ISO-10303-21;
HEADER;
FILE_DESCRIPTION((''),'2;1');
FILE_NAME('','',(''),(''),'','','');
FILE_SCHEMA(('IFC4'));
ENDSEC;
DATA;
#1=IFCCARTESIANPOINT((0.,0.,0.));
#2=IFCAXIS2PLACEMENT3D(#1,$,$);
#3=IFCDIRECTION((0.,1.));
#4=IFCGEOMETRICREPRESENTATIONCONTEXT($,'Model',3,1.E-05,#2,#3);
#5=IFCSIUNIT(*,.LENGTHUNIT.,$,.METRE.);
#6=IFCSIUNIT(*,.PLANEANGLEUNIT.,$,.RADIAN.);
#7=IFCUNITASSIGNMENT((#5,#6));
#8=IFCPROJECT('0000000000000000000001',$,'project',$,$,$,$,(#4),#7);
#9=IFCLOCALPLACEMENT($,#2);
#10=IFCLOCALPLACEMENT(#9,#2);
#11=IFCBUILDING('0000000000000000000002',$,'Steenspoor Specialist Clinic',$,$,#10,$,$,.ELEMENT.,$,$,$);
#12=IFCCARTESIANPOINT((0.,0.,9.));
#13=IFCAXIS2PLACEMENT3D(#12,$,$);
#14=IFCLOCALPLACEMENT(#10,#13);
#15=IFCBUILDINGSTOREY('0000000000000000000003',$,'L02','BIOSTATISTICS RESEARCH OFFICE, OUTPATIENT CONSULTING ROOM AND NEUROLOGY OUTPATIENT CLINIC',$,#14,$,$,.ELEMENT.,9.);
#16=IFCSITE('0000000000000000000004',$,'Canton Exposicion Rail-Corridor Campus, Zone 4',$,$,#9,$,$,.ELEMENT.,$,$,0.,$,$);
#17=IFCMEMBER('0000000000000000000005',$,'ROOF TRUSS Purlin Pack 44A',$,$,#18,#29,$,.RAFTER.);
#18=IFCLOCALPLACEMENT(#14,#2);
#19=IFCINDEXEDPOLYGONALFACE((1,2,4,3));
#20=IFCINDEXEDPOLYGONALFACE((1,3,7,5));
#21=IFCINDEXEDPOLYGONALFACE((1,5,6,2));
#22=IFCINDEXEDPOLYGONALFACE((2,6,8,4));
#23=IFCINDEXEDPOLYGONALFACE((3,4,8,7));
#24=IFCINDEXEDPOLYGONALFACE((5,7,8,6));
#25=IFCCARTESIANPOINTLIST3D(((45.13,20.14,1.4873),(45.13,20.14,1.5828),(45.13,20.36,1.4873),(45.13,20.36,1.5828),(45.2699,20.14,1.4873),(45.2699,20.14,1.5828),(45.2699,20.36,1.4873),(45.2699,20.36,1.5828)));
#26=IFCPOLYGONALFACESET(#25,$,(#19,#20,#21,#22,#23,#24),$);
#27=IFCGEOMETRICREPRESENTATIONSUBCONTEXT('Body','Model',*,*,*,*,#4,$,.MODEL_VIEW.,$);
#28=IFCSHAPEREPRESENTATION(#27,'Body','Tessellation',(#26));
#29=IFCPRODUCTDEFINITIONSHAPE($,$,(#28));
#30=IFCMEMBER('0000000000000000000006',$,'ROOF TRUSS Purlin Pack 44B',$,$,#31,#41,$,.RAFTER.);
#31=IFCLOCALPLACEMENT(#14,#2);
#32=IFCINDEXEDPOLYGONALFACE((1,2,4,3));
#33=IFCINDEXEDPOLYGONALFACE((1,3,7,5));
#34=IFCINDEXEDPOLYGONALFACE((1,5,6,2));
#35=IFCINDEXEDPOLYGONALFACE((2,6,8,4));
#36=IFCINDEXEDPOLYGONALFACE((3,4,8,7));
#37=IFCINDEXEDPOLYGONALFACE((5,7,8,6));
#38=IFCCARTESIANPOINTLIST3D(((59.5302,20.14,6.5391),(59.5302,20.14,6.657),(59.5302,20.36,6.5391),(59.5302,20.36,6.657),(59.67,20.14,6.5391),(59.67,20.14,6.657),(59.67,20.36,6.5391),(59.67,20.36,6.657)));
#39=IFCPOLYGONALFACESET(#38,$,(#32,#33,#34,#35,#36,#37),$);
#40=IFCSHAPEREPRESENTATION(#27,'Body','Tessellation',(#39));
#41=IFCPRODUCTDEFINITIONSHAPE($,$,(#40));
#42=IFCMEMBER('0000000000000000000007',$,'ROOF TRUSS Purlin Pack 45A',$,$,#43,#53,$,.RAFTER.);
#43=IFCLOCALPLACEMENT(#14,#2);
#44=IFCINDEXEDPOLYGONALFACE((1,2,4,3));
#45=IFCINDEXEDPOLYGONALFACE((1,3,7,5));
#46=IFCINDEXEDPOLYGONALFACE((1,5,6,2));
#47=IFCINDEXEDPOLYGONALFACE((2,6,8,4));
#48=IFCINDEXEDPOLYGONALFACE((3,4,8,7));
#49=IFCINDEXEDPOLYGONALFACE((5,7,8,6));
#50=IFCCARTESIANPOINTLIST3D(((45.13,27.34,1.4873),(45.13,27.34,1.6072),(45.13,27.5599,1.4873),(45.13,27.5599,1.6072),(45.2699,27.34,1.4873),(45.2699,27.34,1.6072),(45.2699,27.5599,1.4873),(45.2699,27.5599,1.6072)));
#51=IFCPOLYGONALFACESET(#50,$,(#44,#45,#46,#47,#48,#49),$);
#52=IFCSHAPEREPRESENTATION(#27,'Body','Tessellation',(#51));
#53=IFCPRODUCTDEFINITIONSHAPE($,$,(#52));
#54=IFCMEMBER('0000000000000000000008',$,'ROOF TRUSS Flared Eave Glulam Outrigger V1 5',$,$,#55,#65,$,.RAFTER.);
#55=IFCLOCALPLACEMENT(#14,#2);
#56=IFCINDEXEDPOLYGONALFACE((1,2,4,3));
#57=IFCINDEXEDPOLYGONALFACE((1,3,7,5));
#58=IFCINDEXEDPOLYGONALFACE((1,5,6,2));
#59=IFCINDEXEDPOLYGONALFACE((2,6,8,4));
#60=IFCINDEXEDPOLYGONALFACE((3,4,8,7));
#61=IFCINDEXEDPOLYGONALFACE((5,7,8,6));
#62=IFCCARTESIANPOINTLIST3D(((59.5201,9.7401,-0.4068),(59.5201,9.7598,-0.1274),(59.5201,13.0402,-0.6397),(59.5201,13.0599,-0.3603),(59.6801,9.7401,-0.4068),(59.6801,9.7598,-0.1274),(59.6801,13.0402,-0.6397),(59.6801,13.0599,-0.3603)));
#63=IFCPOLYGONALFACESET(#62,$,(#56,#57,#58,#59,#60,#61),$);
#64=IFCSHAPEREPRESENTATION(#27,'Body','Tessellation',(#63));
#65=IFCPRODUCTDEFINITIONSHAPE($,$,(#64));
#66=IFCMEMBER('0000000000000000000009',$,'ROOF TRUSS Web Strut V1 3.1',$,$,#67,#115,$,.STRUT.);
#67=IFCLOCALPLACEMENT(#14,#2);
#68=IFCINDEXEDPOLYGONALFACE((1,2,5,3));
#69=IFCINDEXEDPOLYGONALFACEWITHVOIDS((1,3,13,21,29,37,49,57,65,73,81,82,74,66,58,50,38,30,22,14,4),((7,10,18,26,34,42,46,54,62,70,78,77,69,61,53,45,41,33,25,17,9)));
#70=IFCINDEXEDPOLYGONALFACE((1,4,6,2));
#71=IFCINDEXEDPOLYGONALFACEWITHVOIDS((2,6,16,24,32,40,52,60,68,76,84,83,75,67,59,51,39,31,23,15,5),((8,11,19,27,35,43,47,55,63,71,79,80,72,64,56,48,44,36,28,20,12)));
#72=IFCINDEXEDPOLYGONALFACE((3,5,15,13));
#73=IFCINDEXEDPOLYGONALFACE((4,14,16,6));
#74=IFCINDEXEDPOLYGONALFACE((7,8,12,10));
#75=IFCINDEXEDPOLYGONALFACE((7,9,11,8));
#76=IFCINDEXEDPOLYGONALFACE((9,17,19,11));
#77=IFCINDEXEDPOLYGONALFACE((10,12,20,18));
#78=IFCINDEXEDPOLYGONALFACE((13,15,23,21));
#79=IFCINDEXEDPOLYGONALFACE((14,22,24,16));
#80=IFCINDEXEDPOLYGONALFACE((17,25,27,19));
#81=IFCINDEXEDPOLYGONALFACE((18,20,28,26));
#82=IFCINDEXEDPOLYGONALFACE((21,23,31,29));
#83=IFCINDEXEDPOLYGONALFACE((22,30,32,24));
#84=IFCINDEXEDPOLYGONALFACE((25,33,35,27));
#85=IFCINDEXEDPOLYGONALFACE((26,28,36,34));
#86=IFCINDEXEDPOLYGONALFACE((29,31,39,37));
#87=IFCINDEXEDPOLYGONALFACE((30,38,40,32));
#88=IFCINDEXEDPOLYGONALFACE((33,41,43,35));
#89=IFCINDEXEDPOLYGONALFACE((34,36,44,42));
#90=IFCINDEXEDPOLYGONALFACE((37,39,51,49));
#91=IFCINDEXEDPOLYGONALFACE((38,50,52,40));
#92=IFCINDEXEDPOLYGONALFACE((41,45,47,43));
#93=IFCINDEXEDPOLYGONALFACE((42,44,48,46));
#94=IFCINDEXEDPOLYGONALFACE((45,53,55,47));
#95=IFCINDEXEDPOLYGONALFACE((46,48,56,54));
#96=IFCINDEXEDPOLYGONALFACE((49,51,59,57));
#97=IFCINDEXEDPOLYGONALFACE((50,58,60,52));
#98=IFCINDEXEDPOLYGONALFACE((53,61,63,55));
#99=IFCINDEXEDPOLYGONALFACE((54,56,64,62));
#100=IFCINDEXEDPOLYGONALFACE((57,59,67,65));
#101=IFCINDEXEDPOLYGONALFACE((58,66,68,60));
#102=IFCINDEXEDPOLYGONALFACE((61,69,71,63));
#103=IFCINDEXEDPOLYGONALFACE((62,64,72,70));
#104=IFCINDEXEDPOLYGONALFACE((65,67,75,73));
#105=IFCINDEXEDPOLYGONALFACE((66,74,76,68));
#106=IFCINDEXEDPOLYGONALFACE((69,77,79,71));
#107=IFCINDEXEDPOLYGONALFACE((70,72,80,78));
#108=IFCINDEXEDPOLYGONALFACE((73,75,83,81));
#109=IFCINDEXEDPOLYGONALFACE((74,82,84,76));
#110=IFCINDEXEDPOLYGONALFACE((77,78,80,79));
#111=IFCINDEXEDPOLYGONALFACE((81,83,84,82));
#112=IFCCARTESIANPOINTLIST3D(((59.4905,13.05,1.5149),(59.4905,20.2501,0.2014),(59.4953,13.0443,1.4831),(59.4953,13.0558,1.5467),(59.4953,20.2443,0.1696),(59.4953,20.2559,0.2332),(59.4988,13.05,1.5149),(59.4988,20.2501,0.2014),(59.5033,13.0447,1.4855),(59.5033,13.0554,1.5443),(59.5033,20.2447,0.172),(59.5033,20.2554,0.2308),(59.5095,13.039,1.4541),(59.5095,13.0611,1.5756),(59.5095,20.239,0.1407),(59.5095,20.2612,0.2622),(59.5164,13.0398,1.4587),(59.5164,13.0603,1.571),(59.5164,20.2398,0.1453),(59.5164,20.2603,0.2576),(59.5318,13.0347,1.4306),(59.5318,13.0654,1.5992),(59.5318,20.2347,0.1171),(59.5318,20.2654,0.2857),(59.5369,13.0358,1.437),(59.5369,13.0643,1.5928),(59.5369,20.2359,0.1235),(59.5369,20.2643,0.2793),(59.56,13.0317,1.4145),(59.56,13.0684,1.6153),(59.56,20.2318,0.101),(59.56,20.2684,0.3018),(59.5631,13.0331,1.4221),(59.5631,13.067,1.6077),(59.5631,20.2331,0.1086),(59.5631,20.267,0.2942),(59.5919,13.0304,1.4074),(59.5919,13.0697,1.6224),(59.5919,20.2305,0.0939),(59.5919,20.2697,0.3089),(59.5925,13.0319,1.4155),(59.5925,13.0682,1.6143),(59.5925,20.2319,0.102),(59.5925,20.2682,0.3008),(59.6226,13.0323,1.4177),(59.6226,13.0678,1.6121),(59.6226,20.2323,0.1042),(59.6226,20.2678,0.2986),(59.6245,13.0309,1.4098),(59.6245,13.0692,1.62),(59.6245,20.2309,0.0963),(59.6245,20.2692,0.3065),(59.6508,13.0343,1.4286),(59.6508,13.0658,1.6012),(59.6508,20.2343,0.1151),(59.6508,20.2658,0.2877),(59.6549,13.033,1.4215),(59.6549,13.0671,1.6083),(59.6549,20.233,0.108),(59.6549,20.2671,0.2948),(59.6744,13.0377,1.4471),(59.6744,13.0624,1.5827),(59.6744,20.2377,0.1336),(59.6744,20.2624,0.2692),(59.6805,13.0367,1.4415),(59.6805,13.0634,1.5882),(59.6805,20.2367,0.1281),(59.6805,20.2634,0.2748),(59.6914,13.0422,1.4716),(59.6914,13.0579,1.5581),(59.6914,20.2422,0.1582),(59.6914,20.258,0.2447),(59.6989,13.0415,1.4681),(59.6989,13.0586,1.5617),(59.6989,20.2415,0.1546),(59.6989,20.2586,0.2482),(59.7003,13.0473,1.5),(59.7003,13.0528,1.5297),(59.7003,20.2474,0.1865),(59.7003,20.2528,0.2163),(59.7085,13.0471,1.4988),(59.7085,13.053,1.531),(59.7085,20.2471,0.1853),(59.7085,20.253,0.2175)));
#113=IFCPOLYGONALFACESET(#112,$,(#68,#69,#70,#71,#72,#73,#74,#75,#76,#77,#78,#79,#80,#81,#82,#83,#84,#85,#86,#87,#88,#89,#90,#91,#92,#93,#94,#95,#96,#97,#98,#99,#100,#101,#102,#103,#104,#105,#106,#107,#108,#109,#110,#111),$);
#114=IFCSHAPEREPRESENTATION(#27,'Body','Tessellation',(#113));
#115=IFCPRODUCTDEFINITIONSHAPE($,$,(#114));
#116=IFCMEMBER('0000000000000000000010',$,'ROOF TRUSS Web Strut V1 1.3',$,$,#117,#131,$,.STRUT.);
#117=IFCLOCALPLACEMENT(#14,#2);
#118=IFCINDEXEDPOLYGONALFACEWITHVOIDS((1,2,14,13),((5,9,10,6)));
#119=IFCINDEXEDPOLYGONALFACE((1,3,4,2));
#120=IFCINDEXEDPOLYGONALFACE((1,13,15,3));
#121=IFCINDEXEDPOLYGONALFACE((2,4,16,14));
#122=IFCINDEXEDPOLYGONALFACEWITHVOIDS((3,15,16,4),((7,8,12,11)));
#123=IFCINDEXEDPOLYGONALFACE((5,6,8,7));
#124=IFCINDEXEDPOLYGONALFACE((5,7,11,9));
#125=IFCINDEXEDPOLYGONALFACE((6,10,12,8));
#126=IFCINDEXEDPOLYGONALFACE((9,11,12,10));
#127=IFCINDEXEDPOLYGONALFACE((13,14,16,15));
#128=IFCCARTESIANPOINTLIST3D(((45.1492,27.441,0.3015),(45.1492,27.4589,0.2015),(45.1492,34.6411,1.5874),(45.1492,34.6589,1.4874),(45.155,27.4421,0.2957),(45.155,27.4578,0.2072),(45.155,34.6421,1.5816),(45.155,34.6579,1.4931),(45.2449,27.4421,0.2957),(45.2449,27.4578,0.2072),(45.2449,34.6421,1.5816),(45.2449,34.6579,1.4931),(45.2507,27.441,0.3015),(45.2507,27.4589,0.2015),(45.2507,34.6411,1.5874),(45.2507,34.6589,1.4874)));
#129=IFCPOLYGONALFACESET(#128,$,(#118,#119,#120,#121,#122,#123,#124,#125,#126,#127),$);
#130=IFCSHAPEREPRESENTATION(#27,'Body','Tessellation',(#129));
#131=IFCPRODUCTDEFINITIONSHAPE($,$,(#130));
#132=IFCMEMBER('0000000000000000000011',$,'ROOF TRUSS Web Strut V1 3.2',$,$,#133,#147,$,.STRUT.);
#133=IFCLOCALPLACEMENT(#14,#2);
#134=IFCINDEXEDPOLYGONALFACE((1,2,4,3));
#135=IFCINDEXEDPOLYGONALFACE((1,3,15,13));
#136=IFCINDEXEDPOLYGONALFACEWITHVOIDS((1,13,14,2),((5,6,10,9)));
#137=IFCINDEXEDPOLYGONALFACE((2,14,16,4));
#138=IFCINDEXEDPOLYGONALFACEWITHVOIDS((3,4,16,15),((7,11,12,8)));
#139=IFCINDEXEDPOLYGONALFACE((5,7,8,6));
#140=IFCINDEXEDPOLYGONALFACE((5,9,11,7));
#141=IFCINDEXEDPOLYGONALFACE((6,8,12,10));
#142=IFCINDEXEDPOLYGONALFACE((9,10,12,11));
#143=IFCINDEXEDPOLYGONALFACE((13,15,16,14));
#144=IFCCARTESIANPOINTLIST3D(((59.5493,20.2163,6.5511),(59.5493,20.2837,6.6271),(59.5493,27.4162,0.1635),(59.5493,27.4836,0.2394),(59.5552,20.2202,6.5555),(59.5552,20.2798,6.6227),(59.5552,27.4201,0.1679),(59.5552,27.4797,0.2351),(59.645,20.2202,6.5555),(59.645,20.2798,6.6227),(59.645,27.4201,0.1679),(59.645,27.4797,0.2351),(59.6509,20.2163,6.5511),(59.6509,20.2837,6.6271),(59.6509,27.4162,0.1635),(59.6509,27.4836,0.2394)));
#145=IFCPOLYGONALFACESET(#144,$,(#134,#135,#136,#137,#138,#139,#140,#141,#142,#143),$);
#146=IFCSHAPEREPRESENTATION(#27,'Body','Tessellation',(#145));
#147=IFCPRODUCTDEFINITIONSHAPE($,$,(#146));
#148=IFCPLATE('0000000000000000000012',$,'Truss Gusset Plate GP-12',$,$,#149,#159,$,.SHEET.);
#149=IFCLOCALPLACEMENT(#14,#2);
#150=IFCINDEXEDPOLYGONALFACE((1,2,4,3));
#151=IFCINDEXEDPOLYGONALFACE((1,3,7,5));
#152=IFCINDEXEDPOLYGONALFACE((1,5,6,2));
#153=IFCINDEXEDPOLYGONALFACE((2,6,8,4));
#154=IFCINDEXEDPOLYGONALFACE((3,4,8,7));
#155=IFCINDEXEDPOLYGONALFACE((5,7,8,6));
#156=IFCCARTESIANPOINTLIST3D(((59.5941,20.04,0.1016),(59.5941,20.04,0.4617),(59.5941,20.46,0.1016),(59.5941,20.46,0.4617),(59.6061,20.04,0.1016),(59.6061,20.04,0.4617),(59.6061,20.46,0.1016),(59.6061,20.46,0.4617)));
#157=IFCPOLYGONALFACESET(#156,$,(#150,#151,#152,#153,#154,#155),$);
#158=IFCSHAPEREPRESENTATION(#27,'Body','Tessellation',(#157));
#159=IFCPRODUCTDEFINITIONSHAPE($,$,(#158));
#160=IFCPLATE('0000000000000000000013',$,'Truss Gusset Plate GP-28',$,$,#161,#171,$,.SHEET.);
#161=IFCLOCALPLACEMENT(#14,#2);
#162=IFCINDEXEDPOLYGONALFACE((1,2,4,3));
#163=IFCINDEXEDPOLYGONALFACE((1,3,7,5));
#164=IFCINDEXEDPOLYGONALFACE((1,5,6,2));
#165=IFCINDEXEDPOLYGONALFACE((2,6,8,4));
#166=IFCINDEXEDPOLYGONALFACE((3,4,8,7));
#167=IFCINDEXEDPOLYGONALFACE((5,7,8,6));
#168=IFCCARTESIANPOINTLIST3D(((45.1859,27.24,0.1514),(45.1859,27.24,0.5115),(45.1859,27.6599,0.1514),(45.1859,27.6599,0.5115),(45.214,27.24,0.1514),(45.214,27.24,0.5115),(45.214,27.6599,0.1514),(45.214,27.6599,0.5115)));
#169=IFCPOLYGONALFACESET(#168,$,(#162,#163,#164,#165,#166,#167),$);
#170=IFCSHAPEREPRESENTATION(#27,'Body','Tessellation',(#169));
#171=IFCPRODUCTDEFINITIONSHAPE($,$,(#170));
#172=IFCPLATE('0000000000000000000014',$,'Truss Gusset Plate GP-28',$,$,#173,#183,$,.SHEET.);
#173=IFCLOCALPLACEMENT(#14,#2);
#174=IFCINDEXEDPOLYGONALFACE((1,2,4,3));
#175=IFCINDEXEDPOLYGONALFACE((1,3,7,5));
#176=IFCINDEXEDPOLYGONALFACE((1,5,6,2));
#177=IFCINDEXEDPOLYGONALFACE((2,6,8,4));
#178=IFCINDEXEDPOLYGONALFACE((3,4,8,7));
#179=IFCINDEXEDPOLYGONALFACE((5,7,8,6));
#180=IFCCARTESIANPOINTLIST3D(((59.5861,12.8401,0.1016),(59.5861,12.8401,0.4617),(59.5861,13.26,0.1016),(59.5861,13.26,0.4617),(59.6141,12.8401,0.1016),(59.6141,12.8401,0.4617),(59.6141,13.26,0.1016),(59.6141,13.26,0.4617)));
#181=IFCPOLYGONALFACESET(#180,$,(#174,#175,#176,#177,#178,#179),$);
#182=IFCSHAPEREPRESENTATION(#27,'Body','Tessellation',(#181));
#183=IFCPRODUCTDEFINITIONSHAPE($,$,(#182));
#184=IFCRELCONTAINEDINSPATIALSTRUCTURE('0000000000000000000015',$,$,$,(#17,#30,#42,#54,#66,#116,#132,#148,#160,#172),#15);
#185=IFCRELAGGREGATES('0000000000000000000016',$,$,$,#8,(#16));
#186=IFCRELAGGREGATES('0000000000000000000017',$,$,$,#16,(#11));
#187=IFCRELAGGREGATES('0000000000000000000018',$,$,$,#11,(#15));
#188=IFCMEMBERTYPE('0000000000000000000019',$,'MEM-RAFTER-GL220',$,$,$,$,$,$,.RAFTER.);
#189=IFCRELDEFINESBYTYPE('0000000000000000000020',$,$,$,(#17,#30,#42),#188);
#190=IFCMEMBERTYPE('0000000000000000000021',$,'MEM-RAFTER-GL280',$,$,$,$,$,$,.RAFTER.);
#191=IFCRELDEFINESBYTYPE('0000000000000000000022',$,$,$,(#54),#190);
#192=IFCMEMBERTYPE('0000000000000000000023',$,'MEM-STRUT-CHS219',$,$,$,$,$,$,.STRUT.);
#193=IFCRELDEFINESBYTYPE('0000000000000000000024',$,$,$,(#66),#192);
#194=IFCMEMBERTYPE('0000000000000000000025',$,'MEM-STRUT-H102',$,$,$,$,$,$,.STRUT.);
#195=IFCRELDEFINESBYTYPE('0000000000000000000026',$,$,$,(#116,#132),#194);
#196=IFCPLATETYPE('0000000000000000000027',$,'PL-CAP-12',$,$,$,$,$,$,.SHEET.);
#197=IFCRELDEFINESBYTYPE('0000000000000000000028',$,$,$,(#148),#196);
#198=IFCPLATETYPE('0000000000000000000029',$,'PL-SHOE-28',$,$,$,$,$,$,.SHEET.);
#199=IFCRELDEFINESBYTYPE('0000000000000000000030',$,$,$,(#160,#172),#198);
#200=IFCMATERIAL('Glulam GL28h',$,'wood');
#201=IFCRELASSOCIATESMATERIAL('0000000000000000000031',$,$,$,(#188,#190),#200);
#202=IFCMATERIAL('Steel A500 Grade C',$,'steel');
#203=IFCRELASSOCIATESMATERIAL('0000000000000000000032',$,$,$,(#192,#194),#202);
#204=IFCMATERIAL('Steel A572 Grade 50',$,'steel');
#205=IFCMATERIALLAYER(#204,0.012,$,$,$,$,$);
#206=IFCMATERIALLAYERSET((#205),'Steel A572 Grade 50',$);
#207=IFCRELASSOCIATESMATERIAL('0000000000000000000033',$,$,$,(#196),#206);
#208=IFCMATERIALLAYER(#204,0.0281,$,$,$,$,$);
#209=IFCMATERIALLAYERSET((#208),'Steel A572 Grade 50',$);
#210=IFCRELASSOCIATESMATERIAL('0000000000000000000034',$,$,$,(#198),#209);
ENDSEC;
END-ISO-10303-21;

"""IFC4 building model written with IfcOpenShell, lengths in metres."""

from ifc_helpers import new_model, si_unit, direction, frame, origin, origin_2d, place, context, subcontext, project, spatial, rectangle, hollow_rectangle, hollow_circle, extrude, material, layer, layer_set, material_profile, profile_set, type_object, element, save


model = new_model("IFC4")

# Units and contexts
model_context = context("Model", 3, precision=1e-05, world=origin(), true_north=direction((0.0, 1.0)))
body_context = subcontext(model_context, "Body", "Model", "MODEL_VIEW")
ifc_project = project(units=[si_unit("LENGTHUNIT", "METRE"), si_unit("PLANEANGLEUNIT", "RADIAN")], contexts=[model_context])

# Site, building, storey
site_placement = place(None, origin())
site = spatial("IfcSite", under=ifc_project, at=site_placement, Name="Canton Exposicion Rail-Corridor Campus, Zone 4", CompositionType="ELEMENT", RefElevation=0.0)
building_placement = place(site_placement, origin())
building = spatial("IfcBuilding", under=site, at=building_placement, Name="Steenspoor Specialist Clinic", CompositionType="ELEMENT")
storey_placement = place(building_placement, frame((0.0, 0.0, 9.0)))
storey = spatial("IfcBuildingStorey", under=building, at=storey_placement, Name="L02", Description="BIOSTATISTICS RESEARCH OFFICE, OUTPATIENT CONSULTING ROOM AND NEUROLOGY OUTPATIENT CLINIC", CompositionType="ELEMENT", Elevation=9.0)

# Members
ifc_material_1 = material(Name="Steel A500 Grade C", Category="steel")
ifc_material_2 = material(Name="Glulam GL28h", Category="wood")
ifc_material_profile_1 = material_profile(ifc_material_2, rectangle(XDim=0.1399, YDim=0.22, at=origin_2d()), Name="GL28H-140X220")
ifc_profile_set_1 = profile_set([ifc_material_profile_1], Name="Glulam GL28h")
member_type_1 = type_object("IfcMemberType", Name="MEM-RAFTER-GL220", PredefinedType="RAFTER", material=ifc_profile_set_1)
member_1_placement = place(storey_placement, frame((45.2, 20.25, 1.4873), z_axis=(0.0, 0.0, 1.0), x_axis=(1.0, 0.0, 0.0)))
element("IfcMember", 1, at=member_1_placement, inside=storey, type_object=member_type_1, Name="ROOF TRUSS Purlin Pack 44A", PredefinedType="RAFTER", context=body_context, shape_type="SweptSolid", body=[
    extrude(rectangle(XDim=0.1399, YDim=0.22, at=origin_2d()), origin(), (0.0, 0.0, 1.0), 0.0955),
])
member_2_placement = place(storey_placement, frame((59.6001, 20.25, 6.5391), z_axis=(0.0, 0.0, 1.0), x_axis=(1.0, 0.0, 0.0)))
element("IfcMember", 2, at=member_2_placement, inside=storey, type_object=member_type_1, Name="ROOF TRUSS Purlin Pack 44B", PredefinedType="RAFTER", context=body_context, shape_type="SweptSolid", body=[
    extrude(rectangle(XDim=0.1399, YDim=0.22, at=origin_2d()), origin(), (0.0, 0.0, 1.0), 0.1179),
])
member_3_placement = place(storey_placement, frame((45.2, 27.45, 1.4873), z_axis=(0.0, 0.0, 1.0), x_axis=(1.0, 0.0, 0.0)))
element("IfcMember", 3, at=member_3_placement, inside=storey, type_object=member_type_1, Name="ROOF TRUSS Purlin Pack 45A", PredefinedType="RAFTER", context=body_context, shape_type="SweptSolid", body=[
    extrude(rectangle(XDim=0.1399, YDim=0.22, at=origin_2d()), origin(), (0.0, 0.0, 1.0), 0.1199),
])
ifc_material_profile_2 = material_profile(ifc_material_2, rectangle(XDim=0.1599, YDim=0.28, at=origin_2d()), Name="GL28H-160X280")
ifc_profile_set_2 = profile_set([ifc_material_profile_2], Name="Glulam GL28h")
member_type_2 = type_object("IfcMemberType", Name="MEM-RAFTER-GL280", PredefinedType="RAFTER", material=ifc_profile_set_2)
member_4_placement = place(storey_placement, frame((59.6001, 13.05, -0.5), z_axis=(0.0, -0.997519, 0.070403), x_axis=(1.0, 0.0, 0.0)))
element("IfcMember", 4, at=member_4_placement, inside=storey, type_object=member_type_2, Name="ROOF TRUSS Flared Eave Glulam Outrigger V1 5", PredefinedType="RAFTER", context=body_context, shape_type="SweptSolid", body=[
    extrude(rectangle(XDim=0.1599, YDim=0.28, at=origin_2d()), origin(), (0.0, 0.0, 1.0), 3.3083),
])
ifc_material_profile_3 = material_profile(ifc_material_1, hollow_circle(Radius=0.1096, WallThickness=0.0083, at=origin_2d()), Name="CHS219X8.2")
ifc_profile_set_3 = profile_set([ifc_material_profile_3], Name="Steel A500 Grade C")
member_type_3 = type_object("IfcMemberType", Name="MEM-STRUT-CHS219", PredefinedType="STRUT", material=ifc_profile_set_3)
member_5_placement = place(storey_placement, frame((59.6001, 13.05, 1.5149), z_axis=(0.0, 0.983764, -0.179467), x_axis=(-1.0, 0.0, 0.0)))
element("IfcMember", 5, at=member_5_placement, inside=storey, type_object=member_type_3, Name="ROOF TRUSS Web Strut V1 3.1", PredefinedType="STRUT", context=body_context, shape_type="SweptSolid", body=[
    extrude(hollow_circle(Radius=0.1096, WallThickness=0.0083, at=origin_2d()), origin(), (0.0, 0.0, 1.0), 7.3188),
])
ifc_material_profile_4 = material_profile(ifc_material_1, hollow_rectangle(XDim=0.1016, YDim=0.1016, WallThickness=0.0059, at=origin_2d()), Name="HSS102X102X6.4")
ifc_profile_set_4 = profile_set([ifc_material_profile_4], Name="Steel A500 Grade C")
member_type_4 = type_object("IfcMemberType", Name="MEM-STRUT-H102", PredefinedType="STRUT", material=ifc_profile_set_4)
member_6_placement = place(storey_placement, frame((45.2, 27.45, 0.2515), z_axis=(0.0, 0.984423, 0.175815), x_axis=(-1.0, 0.0, 0.0)))
element("IfcMember", 6, at=member_6_placement, inside=storey, type_object=member_type_4, Name="ROOF TRUSS Web Strut V1 1.3", PredefinedType="STRUT", context=body_context, shape_type="SweptSolid", body=[
    extrude(hollow_rectangle(XDim=0.1016, YDim=0.1016, WallThickness=0.0059, at=origin_2d()), origin(), (0.0, 0.0, 1.0), 7.314),
])
member_7_placement = place(storey_placement, frame((59.6001, 20.25, 6.5891), z_axis=(0.0, 0.748042, -0.663652), x_axis=(-1.0, 0.0, 0.0)))
element("IfcMember", 7, at=member_7_placement, inside=storey, type_object=member_type_4, Name="ROOF TRUSS Web Strut V1 3.2", PredefinedType="STRUT", context=body_context, shape_type="SweptSolid", body=[
    extrude(hollow_rectangle(XDim=0.1016, YDim=0.1016, WallThickness=0.0059, at=origin_2d()), origin(), (0.0, 0.0, 1.0), 9.625),
])

# Plates
ifc_material_3 = material(Name="Steel A572 Grade 50", Category="steel")
ifc_layer_1 = layer(ifc_material_3, 0.012)
ifc_layer_set_1 = layer_set([ifc_layer_1], Name="Steel A572 Grade 50")
plate_type_1 = type_object("IfcPlateType", Name="PL-CAP-12", PredefinedType="SHEET", material=ifc_layer_set_1)
plate_placement = place(storey_placement, frame((59.6001, 20.25, 0.1016), z_axis=(0.0, 0.0, 1.0), x_axis=(1.0, 0.0, 0.0)))
element("IfcPlate", 8, at=plate_placement, inside=storey, type_object=plate_type_1, Name="Truss Gusset Plate GP-12", PredefinedType="SHEET", context=body_context, shape_type="SweptSolid", body=[
    extrude(rectangle(XDim=0.012, YDim=0.4199, at=origin_2d()), origin(), (0.0, 0.0, 1.0), 0.3601),
])
ifc_layer_2 = layer(ifc_material_3, 0.0281)
ifc_layer_set_2 = layer_set([ifc_layer_2], Name="Steel A572 Grade 50")
plate_type_2 = type_object("IfcPlateType", Name="PL-SHOE-28", PredefinedType="SHEET", material=ifc_layer_set_2)
for number, where, z_axis, x_axis, name in (
    (9, (45.2, 27.45, 0.1514), (0.0, 0.0, 1.0), (1.0, 0.0, 0.0), "Truss Gusset Plate GP-28"),
    (10, (59.6001, 13.05, 0.1016), (0.0, 0.0, 1.0), (1.0, 0.0, 0.0), "Truss Gusset Plate GP-28"),
):
    element("IfcPlate", number, at=place(storey_placement, frame(where, z_axis=z_axis, x_axis=x_axis)), inside=storey, type_object=plate_type_2, Name=name, PredefinedType="SHEET", context=body_context, shape_type="SweptSolid", body=[
        extrude(rectangle(XDim=0.0281, YDim=0.4199, at=origin_2d()), origin(), (0.0, 0.0, 1.0), 0.3601),
    ])

save(model, "model.ifc")
